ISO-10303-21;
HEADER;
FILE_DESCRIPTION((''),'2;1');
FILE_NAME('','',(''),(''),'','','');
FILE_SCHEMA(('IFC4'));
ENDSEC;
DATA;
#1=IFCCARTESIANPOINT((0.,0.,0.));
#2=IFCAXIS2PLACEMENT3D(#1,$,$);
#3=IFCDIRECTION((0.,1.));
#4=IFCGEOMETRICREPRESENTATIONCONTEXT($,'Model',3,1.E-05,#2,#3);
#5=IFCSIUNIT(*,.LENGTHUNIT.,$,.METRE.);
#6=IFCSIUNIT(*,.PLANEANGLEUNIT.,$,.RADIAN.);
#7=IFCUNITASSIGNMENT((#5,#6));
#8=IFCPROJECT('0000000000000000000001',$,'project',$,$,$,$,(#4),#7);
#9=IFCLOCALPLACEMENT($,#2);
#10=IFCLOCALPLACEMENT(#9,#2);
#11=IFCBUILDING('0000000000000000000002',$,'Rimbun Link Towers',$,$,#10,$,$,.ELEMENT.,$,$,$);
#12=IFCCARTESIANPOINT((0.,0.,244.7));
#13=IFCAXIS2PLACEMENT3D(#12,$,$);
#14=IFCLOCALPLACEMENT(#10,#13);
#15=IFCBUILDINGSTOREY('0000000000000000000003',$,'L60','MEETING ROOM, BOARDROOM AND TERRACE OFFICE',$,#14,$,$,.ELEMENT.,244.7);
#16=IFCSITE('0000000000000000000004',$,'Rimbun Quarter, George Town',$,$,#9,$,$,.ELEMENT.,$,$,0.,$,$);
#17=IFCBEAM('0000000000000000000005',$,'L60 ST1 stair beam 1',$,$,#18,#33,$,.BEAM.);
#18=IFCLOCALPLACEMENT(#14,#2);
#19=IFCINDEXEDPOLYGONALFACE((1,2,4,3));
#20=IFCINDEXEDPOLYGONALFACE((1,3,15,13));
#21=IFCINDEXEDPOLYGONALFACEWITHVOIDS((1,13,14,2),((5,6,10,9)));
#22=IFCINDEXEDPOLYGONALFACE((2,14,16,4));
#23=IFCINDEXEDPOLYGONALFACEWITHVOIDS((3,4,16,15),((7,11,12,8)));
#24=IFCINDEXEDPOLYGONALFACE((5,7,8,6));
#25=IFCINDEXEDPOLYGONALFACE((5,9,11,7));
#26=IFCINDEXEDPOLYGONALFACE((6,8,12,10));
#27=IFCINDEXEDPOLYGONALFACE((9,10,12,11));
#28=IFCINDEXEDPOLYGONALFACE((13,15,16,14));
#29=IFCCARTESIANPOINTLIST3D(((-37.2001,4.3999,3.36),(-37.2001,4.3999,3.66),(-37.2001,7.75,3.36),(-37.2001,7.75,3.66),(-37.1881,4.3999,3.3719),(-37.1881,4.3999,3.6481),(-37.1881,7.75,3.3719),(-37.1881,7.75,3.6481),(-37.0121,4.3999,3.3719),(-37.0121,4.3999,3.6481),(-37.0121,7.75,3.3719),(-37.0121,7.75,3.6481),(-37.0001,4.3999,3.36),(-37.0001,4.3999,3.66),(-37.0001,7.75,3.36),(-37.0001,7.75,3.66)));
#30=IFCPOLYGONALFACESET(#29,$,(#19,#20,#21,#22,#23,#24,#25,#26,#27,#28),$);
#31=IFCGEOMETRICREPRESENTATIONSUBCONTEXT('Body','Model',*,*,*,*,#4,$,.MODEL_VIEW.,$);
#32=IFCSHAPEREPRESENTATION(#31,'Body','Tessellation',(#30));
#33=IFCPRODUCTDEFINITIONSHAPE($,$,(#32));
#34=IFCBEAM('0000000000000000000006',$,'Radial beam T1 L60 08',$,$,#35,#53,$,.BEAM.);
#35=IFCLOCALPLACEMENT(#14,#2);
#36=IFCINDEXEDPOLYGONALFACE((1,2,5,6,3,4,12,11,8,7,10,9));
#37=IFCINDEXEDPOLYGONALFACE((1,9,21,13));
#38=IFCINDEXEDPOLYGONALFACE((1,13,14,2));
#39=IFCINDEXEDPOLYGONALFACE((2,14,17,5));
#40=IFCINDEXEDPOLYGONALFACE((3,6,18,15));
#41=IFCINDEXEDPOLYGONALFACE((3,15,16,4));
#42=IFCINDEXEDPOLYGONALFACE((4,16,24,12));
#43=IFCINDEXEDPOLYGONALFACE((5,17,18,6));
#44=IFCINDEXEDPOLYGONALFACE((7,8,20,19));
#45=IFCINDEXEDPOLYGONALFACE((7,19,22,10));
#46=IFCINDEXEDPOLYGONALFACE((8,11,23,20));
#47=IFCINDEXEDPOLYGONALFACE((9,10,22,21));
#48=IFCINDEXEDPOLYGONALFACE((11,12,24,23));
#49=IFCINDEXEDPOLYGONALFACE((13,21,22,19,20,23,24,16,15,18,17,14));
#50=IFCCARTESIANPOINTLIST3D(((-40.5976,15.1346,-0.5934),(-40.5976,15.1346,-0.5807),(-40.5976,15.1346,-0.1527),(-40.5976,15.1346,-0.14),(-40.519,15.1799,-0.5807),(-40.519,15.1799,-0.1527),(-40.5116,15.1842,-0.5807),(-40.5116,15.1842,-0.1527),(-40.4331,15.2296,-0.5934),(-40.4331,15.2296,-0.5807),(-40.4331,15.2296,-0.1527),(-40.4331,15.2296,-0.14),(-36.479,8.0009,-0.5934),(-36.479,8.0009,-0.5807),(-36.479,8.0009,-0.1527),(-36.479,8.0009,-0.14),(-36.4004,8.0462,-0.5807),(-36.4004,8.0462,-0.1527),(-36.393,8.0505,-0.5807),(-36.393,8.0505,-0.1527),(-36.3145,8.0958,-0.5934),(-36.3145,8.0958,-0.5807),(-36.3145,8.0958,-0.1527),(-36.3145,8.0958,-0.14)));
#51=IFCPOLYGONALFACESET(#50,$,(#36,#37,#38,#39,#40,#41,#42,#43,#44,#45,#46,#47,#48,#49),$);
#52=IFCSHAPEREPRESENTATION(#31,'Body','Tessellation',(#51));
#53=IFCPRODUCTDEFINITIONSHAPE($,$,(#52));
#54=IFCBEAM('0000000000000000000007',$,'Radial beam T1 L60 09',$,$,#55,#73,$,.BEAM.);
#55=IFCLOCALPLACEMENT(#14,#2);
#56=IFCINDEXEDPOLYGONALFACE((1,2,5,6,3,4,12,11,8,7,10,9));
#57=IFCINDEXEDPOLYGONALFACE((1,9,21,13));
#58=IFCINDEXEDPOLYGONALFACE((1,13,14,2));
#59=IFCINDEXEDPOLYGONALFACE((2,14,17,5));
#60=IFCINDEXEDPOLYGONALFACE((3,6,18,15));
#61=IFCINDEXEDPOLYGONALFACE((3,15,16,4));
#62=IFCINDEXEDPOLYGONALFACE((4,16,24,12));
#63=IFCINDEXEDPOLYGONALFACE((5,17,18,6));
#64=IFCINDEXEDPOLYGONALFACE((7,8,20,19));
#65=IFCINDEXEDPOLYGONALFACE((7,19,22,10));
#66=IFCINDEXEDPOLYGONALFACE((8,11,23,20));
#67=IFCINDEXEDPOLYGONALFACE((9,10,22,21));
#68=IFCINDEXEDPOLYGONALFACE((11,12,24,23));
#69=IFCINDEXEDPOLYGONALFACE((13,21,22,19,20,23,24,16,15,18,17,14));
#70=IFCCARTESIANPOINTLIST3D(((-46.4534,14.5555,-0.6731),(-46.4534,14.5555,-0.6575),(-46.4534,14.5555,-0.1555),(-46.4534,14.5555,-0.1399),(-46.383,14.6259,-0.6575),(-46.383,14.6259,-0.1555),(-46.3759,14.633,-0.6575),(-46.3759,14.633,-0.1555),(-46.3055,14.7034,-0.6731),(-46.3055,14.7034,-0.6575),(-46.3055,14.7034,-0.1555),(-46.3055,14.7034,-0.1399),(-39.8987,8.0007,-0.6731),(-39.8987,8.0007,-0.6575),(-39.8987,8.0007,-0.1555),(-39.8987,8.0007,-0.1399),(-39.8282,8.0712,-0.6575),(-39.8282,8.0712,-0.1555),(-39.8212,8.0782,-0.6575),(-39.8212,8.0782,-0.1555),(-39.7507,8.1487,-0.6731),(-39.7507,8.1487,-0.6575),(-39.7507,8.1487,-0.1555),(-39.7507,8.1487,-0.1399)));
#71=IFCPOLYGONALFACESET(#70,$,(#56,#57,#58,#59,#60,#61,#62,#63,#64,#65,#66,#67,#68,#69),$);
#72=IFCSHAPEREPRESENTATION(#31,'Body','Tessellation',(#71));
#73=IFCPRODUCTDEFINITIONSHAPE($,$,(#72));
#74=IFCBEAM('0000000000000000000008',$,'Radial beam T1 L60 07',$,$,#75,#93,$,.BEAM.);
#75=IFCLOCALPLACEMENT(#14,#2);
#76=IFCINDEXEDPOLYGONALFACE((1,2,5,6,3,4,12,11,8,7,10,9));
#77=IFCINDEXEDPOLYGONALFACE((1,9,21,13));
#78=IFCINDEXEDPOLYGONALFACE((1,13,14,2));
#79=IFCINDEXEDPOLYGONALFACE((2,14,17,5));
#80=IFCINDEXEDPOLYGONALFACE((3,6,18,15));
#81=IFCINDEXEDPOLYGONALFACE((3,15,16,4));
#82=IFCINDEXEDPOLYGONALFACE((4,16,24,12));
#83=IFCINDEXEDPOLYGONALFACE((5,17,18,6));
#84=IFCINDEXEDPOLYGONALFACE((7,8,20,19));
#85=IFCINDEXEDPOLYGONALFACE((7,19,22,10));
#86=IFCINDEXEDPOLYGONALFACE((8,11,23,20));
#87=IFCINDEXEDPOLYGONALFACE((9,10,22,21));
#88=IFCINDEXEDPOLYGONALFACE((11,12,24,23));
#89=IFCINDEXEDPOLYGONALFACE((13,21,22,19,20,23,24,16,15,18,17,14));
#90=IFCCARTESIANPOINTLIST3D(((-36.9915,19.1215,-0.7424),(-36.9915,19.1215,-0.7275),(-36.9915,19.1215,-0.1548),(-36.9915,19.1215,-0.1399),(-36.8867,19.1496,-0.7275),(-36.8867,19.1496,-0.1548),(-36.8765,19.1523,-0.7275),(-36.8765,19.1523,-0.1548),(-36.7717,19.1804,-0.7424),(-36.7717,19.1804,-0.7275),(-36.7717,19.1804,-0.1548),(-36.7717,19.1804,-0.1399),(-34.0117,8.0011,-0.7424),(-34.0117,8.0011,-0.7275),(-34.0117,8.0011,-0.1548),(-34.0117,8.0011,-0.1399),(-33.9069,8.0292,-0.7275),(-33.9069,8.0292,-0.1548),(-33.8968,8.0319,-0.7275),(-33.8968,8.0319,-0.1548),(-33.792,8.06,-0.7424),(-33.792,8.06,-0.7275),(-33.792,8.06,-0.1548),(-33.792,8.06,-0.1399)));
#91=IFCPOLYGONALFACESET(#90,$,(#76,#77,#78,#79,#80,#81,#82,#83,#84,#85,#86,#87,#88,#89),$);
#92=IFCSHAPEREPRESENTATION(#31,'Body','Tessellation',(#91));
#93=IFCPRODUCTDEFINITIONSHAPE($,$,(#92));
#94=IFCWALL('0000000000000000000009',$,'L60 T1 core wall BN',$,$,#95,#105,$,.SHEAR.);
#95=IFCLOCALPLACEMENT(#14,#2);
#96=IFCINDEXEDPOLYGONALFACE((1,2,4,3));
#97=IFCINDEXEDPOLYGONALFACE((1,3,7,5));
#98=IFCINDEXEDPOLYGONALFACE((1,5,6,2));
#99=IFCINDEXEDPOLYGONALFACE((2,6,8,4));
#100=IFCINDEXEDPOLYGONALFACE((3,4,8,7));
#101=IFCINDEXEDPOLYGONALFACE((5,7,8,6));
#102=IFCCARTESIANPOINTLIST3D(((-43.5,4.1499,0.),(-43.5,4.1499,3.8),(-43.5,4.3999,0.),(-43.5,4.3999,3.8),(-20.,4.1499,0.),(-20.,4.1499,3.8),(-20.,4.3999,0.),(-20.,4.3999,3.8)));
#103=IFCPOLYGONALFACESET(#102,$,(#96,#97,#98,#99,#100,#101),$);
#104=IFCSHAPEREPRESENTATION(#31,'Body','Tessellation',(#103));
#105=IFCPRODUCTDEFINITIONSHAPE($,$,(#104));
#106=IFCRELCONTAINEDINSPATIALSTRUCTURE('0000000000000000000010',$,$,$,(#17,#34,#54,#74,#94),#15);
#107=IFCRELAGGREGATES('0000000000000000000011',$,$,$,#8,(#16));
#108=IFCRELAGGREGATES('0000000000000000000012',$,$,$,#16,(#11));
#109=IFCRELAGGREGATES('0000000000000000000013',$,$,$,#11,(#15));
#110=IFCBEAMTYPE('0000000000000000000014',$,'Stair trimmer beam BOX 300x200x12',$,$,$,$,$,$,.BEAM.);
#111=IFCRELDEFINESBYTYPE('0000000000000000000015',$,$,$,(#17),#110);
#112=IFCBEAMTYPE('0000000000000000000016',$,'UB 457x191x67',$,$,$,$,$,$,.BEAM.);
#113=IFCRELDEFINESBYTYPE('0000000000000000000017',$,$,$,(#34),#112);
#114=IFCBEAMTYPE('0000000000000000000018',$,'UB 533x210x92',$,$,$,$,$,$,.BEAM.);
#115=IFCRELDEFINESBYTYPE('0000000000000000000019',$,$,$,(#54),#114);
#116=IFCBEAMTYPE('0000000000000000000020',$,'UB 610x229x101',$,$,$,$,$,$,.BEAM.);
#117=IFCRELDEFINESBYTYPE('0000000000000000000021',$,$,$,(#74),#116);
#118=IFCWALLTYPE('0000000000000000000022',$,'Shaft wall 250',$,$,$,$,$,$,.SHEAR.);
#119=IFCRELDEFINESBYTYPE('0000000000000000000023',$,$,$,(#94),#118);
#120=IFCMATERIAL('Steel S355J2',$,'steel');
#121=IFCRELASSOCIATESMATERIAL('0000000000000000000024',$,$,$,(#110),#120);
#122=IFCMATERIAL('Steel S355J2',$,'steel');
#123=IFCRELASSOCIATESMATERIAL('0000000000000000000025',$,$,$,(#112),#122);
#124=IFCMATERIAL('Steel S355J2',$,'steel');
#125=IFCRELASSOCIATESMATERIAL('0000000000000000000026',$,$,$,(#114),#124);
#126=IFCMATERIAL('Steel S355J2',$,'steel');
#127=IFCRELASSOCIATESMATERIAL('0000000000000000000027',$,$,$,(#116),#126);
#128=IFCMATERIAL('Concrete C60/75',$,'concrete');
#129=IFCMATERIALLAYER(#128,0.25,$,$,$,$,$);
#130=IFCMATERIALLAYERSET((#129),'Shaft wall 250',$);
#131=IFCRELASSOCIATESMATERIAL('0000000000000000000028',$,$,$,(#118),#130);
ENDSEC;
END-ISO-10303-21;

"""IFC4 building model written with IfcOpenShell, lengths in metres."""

from ifc_helpers import new_model, si_unit, direction, frame, frame_2d, origin, origin_2d, place, context, subcontext, project, spatial, rectangle, hollow_rectangle, i_section, extrude, material, layer, layer_set, material_profile, profile_set, type_object, element, save


model = new_model("IFC4")

# Units and contexts
model_context = context("Model", 3, precision=1e-05, world=origin(), true_north=direction((0.0, 1.0)))
body_context = subcontext(model_context, "Body", "Model", "MODEL_VIEW")
ifc_project = project(units=[si_unit("LENGTHUNIT", "METRE"), si_unit("PLANEANGLEUNIT", "RADIAN")], contexts=[model_context])

# Site, building, storey
site_placement = place(None, origin())
site = spatial("IfcSite", under=ifc_project, at=site_placement, Name="Rimbun Quarter, George Town", CompositionType="ELEMENT", RefElevation=0.0)
building_placement = place(site_placement, origin())
building = spatial("IfcBuilding", under=site, at=building_placement, Name="Rimbun Link Towers", CompositionType="ELEMENT")
storey_placement = place(building_placement, frame((0.0, 0.0, 244.7)))
storey = spatial("IfcBuildingStorey", under=building, at=storey_placement, Name="L60", Description="MEETING ROOM, BOARDROOM AND TERRACE OFFICE", CompositionType="ELEMENT", Elevation=244.7)

# Beams
ifc_material_1 = material(Name="Steel S355J2", Category="steel")
ifc_material_profile_1 = material_profile(ifc_material_1, hollow_rectangle(XDim=0.2, YDim=0.3, WallThickness=0.012, at=origin_2d()), Name="BOX 300x200x12")
ifc_profile_set_1 = profile_set([ifc_material_profile_1], Name="Steel S355J2")
beam_type_1 = type_object("IfcBeamType", Name="Stair trimmer beam BOX 300x200x12", PredefinedType="BEAM", material=ifc_profile_set_1)
beam_1_placement = place(storey_placement, frame((-37.1001, 7.75, 3.51), z_axis=(0.0, -1.0, 0.0), x_axis=(1.0, 0.0, 0.0)))
element("IfcBeam", 1, at=beam_1_placement, inside=storey, type_object=beam_type_1, Name="L60 ST1 stair beam 1", PredefinedType="BEAM", context=body_context, shape_type="SweptSolid", body=[
    extrude(hollow_rectangle(XDim=0.2, YDim=0.3, WallThickness=0.012, at=origin_2d()), origin(), (0.0, 0.0, 1.0), 3.3501),
])
ifc_material_2 = material(Name="Steel S355J2", Category="steel")
ifc_material_profile_2 = material_profile(ifc_material_2, i_section(OverallWidth=0.1899, OverallDepth=0.4534, WebThickness=0.0085, FlangeThickness=0.0127, at=origin_2d()), Name="UB 457x191x67")
ifc_profile_set_2 = profile_set([ifc_material_profile_2], Name="Steel S355J2")
beam_type_2 = type_object("IfcBeamType", Name="UB 457x191x67", PredefinedType="BEAM", material=ifc_profile_set_2)
beam_2_placement = place(storey_placement, frame((-36.3967, 8.0483, -0.3667), z_axis=(-0.499996, 0.866028, 0.0), x_axis=(-0.866028, -0.499996, 0.0)))
element("IfcBeam", 2, at=beam_2_placement, inside=storey, type_object=beam_type_2, Name="Radial beam T1 L60 08", PredefinedType="BEAM", context=body_context, shape_type="SweptSolid", body=[
    extrude(i_section(OverallWidth=0.1899, OverallDepth=0.4534, WebThickness=0.0085, FlangeThickness=0.0127, at=origin_2d()), origin(), (0.0, 0.0, 1.0), 8.2373),
])
ifc_material_3 = material(Name="Steel S355J2", Category="steel")
ifc_material_profile_3 = material_profile(ifc_material_3, i_section(OverallWidth=0.2092, OverallDepth=0.5332, WebThickness=0.01, FlangeThickness=0.0156, at=origin_2d()), Name="UB 533x210x92")
ifc_profile_set_3 = profile_set([ifc_material_profile_3], Name="Steel S355J2")
beam_type_3 = type_object("IfcBeamType", Name="UB 533x210x92", PredefinedType="BEAM", material=ifc_profile_set_3)
beam_3_placement = place(storey_placement, frame((-39.8247, 8.0747, -0.4065), z_axis=(-0.707107, 0.707107, 0.0), x_axis=(-0.707107, -0.707107, 0.0)))
element("IfcBeam", 3, at=beam_3_placement, inside=storey, type_object=beam_type_3, Name="Radial beam T1 L60 09", PredefinedType="BEAM", context=body_context, shape_type="SweptSolid", body=[
    extrude(i_section(OverallWidth=0.2092, OverallDepth=0.5332, WebThickness=0.01, FlangeThickness=0.0156, at=origin_2d()), origin(), (0.0, 0.0, 1.0), 9.2698),
])
ifc_material_4 = material(Name="Steel S355J2", Category="steel")
ifc_material_profile_4 = material_profile(ifc_material_4, i_section(OverallWidth=0.2275, OverallDepth=0.6025, WebThickness=0.0105, FlangeThickness=0.0149, at=origin_2d()), Name="UB 610x229x101")
ifc_profile_set_4 = profile_set([ifc_material_profile_4], Name="Steel S355J2")
beam_type_4 = type_object("IfcBeamType", Name="UB 610x229x101", PredefinedType="BEAM", material=ifc_profile_set_4)
beam_4_placement = place(storey_placement, frame((-33.9019, 8.0305, -0.4412), z_axis=(-0.258823, 0.965925, 0.0), x_axis=(-0.965925, -0.258823, 0.0)))
element("IfcBeam", 4, at=beam_4_placement, inside=storey, type_object=beam_type_4, Name="Radial beam T1 L60 07", PredefinedType="BEAM", context=body_context, shape_type="SweptSolid", body=[
    extrude(i_section(OverallWidth=0.2275, OverallDepth=0.6025, WebThickness=0.0105, FlangeThickness=0.0149, at=origin_2d()), origin(), (0.0, 0.0, 1.0), 11.5127),
])

# Wall
ifc_material_5 = material(Name="Concrete C60/75", Category="concrete")
ifc_layer = layer(ifc_material_5, 0.25)
ifc_layer_set = layer_set([ifc_layer], Name="Shaft wall 250")
wall_type = type_object("IfcWallType", Name="Shaft wall 250", PredefinedType="SHEAR", material=ifc_layer_set)
wall_1_placement = place(storey_placement, frame((-43.5, 4.2749, 0.0), z_axis=(0.0, 0.0, 1.0), x_axis=(1.0, 0.0, 0.0)))
element("IfcWall", 5, at=wall_1_placement, inside=storey, type_object=wall_type, Name="L60 T1 core wall BN", PredefinedType="SHEAR", context=body_context, shape_type="SweptSolid", body=[
    extrude(rectangle(XDim=23.5, YDim=0.25, at=frame_2d((11.75, 0.0))), origin(), (0.0, 0.0, 1.0), 3.8),
])

save(model, "model.ifc")
